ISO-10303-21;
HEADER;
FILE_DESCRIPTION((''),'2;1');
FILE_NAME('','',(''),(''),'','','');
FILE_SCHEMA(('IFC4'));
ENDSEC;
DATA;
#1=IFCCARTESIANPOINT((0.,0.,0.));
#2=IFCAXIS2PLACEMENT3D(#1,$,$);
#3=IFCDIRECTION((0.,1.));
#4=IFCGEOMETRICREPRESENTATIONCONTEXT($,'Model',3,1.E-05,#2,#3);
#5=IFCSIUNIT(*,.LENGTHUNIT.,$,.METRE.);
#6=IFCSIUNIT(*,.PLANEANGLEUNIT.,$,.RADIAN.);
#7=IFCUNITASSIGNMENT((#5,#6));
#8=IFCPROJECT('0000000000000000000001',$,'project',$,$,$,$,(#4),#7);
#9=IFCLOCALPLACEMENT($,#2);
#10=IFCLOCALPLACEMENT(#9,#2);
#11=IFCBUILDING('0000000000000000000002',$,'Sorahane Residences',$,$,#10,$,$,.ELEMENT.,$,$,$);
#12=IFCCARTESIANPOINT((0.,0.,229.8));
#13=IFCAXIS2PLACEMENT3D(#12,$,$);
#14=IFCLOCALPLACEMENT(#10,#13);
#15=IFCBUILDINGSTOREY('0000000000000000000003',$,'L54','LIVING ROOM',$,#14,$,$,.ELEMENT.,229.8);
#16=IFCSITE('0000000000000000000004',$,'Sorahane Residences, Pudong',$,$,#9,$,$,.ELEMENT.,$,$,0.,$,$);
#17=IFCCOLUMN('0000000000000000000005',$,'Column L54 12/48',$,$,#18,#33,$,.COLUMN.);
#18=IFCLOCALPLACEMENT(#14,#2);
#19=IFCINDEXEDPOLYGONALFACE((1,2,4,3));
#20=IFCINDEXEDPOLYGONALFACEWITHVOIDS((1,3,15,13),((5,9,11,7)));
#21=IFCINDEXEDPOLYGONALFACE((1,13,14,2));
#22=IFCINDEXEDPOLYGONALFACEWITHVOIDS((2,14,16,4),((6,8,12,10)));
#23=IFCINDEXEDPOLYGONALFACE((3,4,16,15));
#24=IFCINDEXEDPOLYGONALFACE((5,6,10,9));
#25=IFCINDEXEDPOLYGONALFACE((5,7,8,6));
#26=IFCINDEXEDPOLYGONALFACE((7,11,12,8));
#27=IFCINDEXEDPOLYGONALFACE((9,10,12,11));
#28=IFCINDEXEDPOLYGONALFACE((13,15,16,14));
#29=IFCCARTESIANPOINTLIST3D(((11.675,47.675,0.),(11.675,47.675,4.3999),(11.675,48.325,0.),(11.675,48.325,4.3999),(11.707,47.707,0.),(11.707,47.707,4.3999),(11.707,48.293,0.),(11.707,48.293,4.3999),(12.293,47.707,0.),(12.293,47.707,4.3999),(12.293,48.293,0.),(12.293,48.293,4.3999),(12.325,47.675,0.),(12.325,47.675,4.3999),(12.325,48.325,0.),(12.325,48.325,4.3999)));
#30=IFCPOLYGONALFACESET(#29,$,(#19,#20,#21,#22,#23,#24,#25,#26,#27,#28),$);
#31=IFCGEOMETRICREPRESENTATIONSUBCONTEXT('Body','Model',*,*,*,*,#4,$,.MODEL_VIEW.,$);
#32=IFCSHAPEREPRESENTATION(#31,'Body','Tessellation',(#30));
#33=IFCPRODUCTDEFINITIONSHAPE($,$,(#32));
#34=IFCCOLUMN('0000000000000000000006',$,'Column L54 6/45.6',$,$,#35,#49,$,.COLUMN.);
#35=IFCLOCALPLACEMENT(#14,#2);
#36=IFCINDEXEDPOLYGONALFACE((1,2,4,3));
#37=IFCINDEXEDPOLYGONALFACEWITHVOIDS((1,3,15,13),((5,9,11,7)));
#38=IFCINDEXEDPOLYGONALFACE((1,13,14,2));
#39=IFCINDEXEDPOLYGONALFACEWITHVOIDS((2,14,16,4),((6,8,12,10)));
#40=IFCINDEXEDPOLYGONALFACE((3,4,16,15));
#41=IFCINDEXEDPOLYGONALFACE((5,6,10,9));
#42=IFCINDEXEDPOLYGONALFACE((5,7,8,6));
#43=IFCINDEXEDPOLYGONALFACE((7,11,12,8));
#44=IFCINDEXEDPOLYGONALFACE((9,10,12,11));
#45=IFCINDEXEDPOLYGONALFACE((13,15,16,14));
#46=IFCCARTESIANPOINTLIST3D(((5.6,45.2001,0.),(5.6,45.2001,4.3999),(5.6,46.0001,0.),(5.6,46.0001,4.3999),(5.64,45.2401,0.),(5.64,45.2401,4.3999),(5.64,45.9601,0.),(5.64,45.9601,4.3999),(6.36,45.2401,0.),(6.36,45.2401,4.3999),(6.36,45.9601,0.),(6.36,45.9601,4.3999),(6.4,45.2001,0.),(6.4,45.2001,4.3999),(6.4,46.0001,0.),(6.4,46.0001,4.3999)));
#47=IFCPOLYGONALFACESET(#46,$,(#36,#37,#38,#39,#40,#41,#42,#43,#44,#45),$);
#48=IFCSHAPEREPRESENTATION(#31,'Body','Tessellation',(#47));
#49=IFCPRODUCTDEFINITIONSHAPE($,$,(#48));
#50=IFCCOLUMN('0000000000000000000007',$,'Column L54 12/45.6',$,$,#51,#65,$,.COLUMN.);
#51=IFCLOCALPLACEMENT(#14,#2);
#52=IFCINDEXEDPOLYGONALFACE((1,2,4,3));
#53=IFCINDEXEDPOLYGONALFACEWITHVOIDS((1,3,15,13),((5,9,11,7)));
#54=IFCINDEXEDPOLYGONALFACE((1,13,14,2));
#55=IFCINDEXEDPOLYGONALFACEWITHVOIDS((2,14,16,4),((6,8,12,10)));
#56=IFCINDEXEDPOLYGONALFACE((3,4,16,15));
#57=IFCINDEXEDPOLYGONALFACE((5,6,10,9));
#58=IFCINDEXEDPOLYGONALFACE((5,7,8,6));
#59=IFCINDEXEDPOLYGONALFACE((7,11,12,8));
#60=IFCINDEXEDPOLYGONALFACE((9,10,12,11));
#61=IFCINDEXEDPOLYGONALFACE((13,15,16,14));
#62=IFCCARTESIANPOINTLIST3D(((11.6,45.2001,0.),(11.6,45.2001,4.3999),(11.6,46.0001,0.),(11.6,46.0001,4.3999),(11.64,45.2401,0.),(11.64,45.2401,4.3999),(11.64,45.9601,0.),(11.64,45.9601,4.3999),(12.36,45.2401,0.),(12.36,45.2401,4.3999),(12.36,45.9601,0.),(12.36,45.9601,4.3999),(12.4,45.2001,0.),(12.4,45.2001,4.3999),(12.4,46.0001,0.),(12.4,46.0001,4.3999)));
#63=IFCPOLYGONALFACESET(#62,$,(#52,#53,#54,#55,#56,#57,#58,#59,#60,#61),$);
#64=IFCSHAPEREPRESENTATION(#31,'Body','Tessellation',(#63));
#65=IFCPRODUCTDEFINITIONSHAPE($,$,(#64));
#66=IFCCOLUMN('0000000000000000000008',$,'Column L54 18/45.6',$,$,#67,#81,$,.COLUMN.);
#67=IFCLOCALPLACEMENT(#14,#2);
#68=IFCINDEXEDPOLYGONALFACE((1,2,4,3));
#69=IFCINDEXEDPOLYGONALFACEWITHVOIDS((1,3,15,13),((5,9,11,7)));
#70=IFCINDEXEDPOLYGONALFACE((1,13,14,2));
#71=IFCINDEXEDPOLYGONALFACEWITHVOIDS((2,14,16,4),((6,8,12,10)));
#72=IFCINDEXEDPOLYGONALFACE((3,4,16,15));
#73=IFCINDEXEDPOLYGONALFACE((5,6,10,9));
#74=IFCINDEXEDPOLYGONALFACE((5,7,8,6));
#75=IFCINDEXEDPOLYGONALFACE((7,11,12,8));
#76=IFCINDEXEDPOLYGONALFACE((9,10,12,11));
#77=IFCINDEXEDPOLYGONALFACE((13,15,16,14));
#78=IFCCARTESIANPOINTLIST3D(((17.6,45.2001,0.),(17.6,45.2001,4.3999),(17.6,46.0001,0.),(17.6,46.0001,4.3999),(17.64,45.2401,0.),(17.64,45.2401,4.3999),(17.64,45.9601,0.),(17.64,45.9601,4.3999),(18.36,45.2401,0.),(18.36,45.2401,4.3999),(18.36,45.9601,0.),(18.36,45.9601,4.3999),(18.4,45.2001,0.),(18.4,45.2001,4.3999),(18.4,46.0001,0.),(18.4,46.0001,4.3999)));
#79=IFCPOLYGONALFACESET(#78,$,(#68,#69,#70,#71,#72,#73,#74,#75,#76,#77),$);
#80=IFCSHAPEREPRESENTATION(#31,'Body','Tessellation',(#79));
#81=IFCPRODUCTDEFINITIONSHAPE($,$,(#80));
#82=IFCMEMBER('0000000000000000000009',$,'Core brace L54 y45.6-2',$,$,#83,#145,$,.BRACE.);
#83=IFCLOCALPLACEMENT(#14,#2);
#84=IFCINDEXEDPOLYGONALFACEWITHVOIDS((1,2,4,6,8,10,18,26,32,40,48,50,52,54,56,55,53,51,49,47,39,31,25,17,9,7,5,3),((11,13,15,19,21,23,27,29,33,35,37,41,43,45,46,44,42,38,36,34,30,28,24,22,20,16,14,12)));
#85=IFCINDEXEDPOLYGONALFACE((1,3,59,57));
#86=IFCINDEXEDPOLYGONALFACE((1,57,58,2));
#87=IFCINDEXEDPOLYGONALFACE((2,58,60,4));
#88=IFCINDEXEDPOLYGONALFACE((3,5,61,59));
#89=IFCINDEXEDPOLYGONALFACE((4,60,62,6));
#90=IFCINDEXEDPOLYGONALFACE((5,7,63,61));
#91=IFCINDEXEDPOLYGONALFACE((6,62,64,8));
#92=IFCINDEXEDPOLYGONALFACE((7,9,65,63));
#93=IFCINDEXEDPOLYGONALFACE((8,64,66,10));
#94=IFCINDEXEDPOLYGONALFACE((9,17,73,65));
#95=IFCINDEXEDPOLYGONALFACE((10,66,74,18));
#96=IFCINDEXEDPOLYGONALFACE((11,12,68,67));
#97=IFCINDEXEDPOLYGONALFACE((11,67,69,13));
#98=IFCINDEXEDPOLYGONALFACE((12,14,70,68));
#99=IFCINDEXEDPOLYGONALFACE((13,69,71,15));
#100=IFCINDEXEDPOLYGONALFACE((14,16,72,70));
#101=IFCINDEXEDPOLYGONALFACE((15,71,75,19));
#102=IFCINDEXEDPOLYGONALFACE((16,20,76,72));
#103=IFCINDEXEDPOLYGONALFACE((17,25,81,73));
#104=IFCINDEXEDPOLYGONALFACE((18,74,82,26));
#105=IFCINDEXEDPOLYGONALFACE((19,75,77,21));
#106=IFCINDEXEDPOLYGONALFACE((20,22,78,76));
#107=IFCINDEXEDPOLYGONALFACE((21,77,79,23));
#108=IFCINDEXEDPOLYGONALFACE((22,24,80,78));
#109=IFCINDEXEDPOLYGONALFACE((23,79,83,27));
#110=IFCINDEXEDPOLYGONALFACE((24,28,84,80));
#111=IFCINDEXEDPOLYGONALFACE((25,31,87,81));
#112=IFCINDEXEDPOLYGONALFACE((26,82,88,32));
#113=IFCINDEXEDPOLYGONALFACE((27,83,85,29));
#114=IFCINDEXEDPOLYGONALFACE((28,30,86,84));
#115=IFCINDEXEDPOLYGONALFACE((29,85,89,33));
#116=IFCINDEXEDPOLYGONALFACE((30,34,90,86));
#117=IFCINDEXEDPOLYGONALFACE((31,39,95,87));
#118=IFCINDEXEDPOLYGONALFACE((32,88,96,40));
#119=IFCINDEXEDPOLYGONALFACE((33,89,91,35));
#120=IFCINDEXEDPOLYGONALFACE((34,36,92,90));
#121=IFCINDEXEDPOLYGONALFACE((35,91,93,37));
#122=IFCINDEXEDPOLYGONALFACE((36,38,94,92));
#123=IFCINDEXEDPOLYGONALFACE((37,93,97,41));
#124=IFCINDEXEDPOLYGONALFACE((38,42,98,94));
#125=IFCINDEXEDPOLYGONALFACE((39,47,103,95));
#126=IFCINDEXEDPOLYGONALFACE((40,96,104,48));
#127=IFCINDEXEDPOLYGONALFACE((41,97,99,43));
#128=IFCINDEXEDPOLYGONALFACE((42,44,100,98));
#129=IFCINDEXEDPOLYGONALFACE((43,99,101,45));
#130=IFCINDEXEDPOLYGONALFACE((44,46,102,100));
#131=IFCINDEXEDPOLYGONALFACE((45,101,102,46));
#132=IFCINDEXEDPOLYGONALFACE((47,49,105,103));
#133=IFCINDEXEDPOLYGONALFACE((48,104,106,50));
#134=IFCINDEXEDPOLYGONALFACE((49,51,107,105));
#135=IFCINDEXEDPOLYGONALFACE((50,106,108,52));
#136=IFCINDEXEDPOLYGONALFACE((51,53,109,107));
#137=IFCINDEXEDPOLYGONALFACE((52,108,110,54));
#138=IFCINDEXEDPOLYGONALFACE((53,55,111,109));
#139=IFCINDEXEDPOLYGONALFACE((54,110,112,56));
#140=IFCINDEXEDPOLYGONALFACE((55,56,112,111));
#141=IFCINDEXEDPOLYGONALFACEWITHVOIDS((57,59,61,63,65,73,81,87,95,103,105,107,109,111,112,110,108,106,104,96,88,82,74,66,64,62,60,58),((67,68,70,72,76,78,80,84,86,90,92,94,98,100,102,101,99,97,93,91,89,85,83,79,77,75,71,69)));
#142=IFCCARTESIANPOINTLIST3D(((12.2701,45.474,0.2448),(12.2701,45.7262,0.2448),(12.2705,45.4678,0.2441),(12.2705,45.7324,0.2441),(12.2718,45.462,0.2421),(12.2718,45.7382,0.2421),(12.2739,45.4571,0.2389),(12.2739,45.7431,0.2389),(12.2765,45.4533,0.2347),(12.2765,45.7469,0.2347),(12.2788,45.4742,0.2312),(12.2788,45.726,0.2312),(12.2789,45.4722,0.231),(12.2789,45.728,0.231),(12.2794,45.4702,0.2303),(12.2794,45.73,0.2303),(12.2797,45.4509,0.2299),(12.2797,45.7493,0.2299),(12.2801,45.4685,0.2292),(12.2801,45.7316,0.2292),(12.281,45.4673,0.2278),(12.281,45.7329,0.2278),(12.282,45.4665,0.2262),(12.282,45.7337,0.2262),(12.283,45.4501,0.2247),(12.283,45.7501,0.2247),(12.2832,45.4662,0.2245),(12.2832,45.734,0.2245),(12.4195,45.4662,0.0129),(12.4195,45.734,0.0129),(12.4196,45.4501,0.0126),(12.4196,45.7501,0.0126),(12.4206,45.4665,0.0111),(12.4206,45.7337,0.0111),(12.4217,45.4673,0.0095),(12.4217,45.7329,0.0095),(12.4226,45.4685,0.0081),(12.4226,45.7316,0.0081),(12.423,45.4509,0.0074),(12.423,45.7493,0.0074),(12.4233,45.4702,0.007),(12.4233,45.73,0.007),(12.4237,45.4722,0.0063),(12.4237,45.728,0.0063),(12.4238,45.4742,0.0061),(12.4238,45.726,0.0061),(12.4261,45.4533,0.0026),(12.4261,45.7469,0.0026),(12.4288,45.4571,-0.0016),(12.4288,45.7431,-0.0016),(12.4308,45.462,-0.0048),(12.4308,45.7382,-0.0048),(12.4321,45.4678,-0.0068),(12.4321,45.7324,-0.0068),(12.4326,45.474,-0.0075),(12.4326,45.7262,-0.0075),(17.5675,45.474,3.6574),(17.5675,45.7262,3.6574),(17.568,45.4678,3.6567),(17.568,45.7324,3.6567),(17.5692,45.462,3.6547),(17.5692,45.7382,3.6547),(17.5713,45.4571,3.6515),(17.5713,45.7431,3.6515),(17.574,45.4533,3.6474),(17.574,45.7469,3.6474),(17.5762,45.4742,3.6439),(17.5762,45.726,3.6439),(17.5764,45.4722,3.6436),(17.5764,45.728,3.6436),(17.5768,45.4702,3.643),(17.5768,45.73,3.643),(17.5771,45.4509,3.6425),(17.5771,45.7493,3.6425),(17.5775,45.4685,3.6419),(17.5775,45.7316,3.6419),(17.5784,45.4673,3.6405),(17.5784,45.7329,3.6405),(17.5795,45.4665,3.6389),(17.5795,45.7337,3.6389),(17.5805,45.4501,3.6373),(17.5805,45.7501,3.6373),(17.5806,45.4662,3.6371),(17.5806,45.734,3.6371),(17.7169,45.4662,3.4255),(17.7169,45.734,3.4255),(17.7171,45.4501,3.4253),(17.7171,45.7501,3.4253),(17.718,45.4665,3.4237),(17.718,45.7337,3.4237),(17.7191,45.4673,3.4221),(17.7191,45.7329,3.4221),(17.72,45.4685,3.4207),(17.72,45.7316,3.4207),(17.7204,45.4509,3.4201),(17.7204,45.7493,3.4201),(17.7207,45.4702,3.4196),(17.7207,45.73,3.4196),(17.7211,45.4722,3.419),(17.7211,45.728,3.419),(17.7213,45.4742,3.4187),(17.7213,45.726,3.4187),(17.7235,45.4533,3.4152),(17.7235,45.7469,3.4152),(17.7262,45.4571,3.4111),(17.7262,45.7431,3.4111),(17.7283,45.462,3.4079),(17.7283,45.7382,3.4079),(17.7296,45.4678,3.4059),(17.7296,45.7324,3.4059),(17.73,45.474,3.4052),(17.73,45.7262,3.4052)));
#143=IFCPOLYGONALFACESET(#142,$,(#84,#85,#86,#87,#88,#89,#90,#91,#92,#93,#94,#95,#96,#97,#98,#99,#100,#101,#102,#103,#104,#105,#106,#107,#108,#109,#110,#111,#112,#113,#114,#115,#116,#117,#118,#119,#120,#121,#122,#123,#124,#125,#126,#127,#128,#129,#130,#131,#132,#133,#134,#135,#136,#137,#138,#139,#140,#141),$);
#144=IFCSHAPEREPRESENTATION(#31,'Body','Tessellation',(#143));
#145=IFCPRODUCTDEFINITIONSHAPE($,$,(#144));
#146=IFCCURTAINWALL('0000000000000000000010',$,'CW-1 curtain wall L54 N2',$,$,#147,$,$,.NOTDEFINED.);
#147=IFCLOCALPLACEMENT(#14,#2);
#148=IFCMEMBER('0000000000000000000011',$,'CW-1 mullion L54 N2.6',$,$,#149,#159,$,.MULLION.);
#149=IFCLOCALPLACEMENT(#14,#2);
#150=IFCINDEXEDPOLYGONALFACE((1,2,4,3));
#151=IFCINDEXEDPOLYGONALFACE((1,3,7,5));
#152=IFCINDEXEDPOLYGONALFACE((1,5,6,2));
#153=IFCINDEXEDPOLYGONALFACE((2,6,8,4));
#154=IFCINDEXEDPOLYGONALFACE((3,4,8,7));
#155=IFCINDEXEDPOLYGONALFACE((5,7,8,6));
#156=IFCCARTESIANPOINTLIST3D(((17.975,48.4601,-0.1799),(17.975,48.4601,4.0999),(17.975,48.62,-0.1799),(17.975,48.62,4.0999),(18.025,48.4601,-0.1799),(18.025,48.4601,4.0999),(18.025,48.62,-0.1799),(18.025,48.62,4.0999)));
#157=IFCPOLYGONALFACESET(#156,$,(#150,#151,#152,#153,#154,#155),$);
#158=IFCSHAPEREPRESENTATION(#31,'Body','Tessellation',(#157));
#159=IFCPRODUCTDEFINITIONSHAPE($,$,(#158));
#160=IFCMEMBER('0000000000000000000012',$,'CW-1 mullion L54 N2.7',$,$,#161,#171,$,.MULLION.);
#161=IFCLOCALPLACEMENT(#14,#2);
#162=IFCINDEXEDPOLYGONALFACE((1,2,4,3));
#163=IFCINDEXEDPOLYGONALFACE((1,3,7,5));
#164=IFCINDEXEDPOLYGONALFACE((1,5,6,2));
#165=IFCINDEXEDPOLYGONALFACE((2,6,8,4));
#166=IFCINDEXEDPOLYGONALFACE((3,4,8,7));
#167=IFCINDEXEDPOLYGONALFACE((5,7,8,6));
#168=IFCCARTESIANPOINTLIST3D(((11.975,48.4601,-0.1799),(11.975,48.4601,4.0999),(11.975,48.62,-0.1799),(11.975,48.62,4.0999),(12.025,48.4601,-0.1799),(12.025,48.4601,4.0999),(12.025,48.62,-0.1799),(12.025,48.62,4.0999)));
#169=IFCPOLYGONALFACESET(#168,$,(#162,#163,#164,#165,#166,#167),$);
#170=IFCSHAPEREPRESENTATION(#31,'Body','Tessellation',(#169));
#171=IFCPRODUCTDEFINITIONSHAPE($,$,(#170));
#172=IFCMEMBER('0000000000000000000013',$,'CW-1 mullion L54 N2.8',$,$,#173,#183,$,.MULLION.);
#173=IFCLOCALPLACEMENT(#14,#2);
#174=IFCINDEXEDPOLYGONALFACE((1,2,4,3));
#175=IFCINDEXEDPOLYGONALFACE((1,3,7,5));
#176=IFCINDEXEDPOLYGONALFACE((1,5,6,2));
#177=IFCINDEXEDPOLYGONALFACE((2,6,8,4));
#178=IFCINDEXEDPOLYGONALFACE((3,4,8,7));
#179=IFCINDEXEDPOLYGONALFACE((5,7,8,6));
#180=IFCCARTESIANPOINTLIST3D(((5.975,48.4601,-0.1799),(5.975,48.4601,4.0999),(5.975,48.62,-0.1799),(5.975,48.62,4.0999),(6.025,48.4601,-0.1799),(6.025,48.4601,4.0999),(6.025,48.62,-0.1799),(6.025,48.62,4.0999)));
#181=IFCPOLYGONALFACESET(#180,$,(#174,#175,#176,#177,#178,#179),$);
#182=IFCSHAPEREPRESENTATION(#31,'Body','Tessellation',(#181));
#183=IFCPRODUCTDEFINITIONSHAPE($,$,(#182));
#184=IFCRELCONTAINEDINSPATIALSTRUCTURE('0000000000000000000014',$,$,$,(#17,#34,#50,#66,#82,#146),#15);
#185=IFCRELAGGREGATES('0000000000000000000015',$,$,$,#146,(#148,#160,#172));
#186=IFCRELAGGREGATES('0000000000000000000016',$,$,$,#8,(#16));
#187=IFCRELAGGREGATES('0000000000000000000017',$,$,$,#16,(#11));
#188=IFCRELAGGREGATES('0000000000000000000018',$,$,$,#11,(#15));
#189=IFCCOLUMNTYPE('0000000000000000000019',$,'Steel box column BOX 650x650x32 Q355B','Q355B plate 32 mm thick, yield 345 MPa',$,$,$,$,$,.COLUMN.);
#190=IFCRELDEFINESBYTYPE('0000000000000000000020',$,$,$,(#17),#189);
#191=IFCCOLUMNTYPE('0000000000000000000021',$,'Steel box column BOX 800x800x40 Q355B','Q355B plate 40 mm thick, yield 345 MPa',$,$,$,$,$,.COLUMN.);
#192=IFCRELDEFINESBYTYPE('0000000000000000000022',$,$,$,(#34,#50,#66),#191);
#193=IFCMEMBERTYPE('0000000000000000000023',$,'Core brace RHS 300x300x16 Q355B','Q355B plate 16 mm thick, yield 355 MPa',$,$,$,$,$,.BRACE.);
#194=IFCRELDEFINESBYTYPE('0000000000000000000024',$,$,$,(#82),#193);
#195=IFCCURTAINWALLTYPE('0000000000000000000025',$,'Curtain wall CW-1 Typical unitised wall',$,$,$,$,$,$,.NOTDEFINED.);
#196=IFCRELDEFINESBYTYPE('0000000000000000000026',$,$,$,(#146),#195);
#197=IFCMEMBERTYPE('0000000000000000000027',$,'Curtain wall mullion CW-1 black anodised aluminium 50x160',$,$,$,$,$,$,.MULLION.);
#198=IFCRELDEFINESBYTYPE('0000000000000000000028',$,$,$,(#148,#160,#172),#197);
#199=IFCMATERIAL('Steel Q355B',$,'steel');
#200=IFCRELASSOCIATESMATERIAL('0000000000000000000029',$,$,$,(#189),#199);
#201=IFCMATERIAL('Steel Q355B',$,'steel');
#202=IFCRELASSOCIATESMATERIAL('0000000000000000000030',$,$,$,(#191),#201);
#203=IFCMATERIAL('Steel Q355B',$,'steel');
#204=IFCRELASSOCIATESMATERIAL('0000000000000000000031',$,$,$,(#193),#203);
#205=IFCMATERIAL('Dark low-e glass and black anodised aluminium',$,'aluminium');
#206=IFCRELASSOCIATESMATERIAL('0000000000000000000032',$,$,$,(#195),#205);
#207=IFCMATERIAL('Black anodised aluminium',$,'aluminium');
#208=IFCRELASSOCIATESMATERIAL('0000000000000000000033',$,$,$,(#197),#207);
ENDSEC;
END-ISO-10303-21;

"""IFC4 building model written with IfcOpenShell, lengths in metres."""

from ifc_helpers import new_model, si_unit, direction, frame, origin, origin_2d, place, context, subcontext, project, spatial, rectangle, hollow_rectangle, extrude, material, material_profile, profile_set, type_object, element, aggregate, save


model = new_model("IFC4")

# Units and contexts
model_context = context("Model", 3, precision=1e-05, world=origin(), true_north=direction((0.0, 1.0)))
body_context = subcontext(model_context, "Body", "Model", "MODEL_VIEW")
ifc_project = project(units=[si_unit("LENGTHUNIT", "METRE"), si_unit("PLANEANGLEUNIT", "RADIAN")], contexts=[model_context])

# Site, building, storey
site_placement = place(None, origin())
site = spatial("IfcSite", under=ifc_project, at=site_placement, Name="Sorahane Residences, Pudong", CompositionType="ELEMENT", RefElevation=0.0)
building_placement = place(site_placement, origin())
building = spatial("IfcBuilding", under=site, at=building_placement, Name="Sorahane Residences", CompositionType="ELEMENT")
storey_placement = place(building_placement, frame((0.0, 0.0, 229.8)))
storey = spatial("IfcBuildingStorey", under=building, at=storey_placement, Name="L54", Description="LIVING ROOM", CompositionType="ELEMENT", Elevation=229.8)

# Columns
ifc_material_1 = material(Name="Steel Q355B", Category="steel")
ifc_material_profile_1 = material_profile(ifc_material_1, hollow_rectangle(XDim=0.6499, YDim=0.6499, WallThickness=0.032, at=origin_2d()), Name="BOX 650x650x32")
ifc_profile_set_1 = profile_set([ifc_material_profile_1], Name="Steel Q355B")
column_type_1 = type_object("IfcColumnType", Name="Steel box column BOX 650x650x32 Q355B", Description="Q355B plate 32 mm thick, yield 345 MPa", PredefinedType="COLUMN", material=ifc_profile_set_1)
column_placement = place(storey_placement, frame((12.0, 48.0, 0.0), z_axis=(0.0, 0.0, 1.0), x_axis=(1.0, 0.0, 0.0)))
element("IfcColumn", 1, at=column_placement, inside=storey, type_object=column_type_1, Name="Column L54 12/48", PredefinedType="COLUMN", context=body_context, shape_type="SweptSolid", body=[
    extrude(hollow_rectangle(XDim=0.6499, YDim=0.6499, WallThickness=0.032, at=origin_2d()), origin(), (0.0, 0.0, 1.0), 4.3999),
])
ifc_material_2 = material(Name="Steel Q355B", Category="steel")
ifc_material_profile_2 = material_profile(ifc_material_2, hollow_rectangle(XDim=0.8, YDim=0.8, WallThickness=0.04, at=origin_2d()), Name="BOX 800x800x40")
ifc_profile_set_2 = profile_set([ifc_material_profile_2], Name="Steel Q355B")
column_type_2 = type_object("IfcColumnType", Name="Steel box column BOX 800x800x40 Q355B", Description="Q355B plate 40 mm thick, yield 345 MPa", PredefinedType="COLUMN", material=ifc_profile_set_2)
for number, where, z_axis, x_axis, name in (
    (2, (6.0, 45.6001, 0.0), (0.0, 0.0, 1.0), (1.0, 0.0, 0.0), "Column L54 6/45.6"),
    (3, (12.0, 45.6001, 0.0), (0.0, 0.0, 1.0), (1.0, 0.0, 0.0), "Column L54 12/45.6"),
    (4, (18.0, 45.6001, 0.0), (0.0, 0.0, 1.0), (1.0, 0.0, 0.0), "Column L54 18/45.6"),
):
    element("IfcColumn", number, at=place(storey_placement, frame(where, z_axis=z_axis, x_axis=x_axis)), inside=storey, type_object=column_type_2, Name=name, PredefinedType="COLUMN", context=body_context, shape_type="SweptSolid", body=[
        extrude(hollow_rectangle(XDim=0.8, YDim=0.8, WallThickness=0.04, at=origin_2d()), origin(), (0.0, 0.0, 1.0), 4.3999),
    ])

# Member
ifc_material_3 = material(Name="Steel Q355B", Category="steel")
ifc_material_profile_3 = material_profile(ifc_material_3, hollow_rectangle(XDim=0.3, YDim=0.3, WallThickness=0.0161, InnerFilletRadius=0.0081, OuterFilletRadius=0.0239, at=origin_2d()), Name="RHS 300x300x16")
ifc_profile_set_3 = profile_set([ifc_material_profile_3], Name="Steel Q355B")
member_type_1 = type_object("IfcMemberType", Name="Core brace RHS 300x300x16 Q355B", Description="Q355B plate 16 mm thick, yield 355 MPa", PredefinedType="BRACE", material=ifc_profile_set_3)
member_1_placement = place(storey_placement, frame((12.3513, 45.6001, 0.1187), z_axis=(0.840662, 0.0, 0.54156), x_axis=(0.0, 1.0, 0.0)))
element("IfcMember", 5, at=member_1_placement, inside=storey, type_object=member_type_1, Name="Core brace L54 y45.6-2", PredefinedType="BRACE", context=body_context, shape_type="SweptSolid", body=[
    extrude(hollow_rectangle(XDim=0.3, YDim=0.3, WallThickness=0.0161, InnerFilletRadius=0.0081, OuterFilletRadius=0.0239, at=origin_2d()), origin(), (0.0, 0.0, 1.0), 6.3015),
])

# Curtain wall, members
ifc_material_4 = material(Name="Dark low-e glass and black anodised aluminium", Category="aluminium")
curtain_wall_type = type_object("IfcCurtainWallType", Name="Curtain wall CW-1 Typical unitised wall", PredefinedType="NOTDEFINED", material=ifc_material_4)
curtain_wall_placement = place(storey_placement, origin())
curtain_wall = element("IfcCurtainWall", 6, at=curtain_wall_placement, inside=storey, type_object=curtain_wall_type, Name="CW-1 curtain wall L54 N2", PredefinedType="NOTDEFINED")
ifc_material_5 = material(Name="Black anodised aluminium", Category="aluminium")
ifc_material_profile_4 = material_profile(ifc_material_5, rectangle(XDim=0.1599, YDim=0.05, at=origin_2d()), Name="Curtain wall mullion CW-1 black anodised aluminium 50x160")
ifc_profile_set_4 = profile_set([ifc_material_profile_4], Name="Black anodised aluminium")
member_type_2 = type_object("IfcMemberType", Name="Curtain wall mullion CW-1 black anodised aluminium 50x160", PredefinedType="MULLION", material=ifc_profile_set_4)
member_2_placement = place(storey_placement, frame((18.0, 48.54, -0.1799), z_axis=(0.0, 0.0, 1.0), x_axis=(0.0, 1.0, 0.0)))
member_2 = element("IfcMember", 7, at=member_2_placement, type_object=member_type_2, Name="CW-1 mullion L54 N2.6", PredefinedType="MULLION", context=body_context, shape_type="SweptSolid", body=[
    extrude(rectangle(XDim=0.1599, YDim=0.05, at=origin_2d()), origin(), (0.0, 0.0, 1.0), 4.2798),
])
member_3_placement = place(storey_placement, frame((12.0, 48.54, -0.1799), z_axis=(0.0, 0.0, 1.0), x_axis=(0.0, 1.0, 0.0)))
member_3 = element("IfcMember", 8, at=member_3_placement, type_object=member_type_2, Name="CW-1 mullion L54 N2.7", PredefinedType="MULLION", context=body_context, shape_type="SweptSolid", body=[
    extrude(rectangle(XDim=0.1599, YDim=0.05, at=origin_2d()), origin(), (0.0, 0.0, 1.0), 4.2798),
])
member_4_placement = place(storey_placement, frame((6.0, 48.54, -0.1799), z_axis=(0.0, 0.0, 1.0), x_axis=(0.0, 1.0, 0.0)))
member_4 = element("IfcMember", 9, at=member_4_placement, type_object=member_type_2, Name="CW-1 mullion L54 N2.8", PredefinedType="MULLION", context=body_context, shape_type="SweptSolid", body=[
    extrude(rectangle(XDim=0.1599, YDim=0.05, at=origin_2d()), origin(), (0.0, 0.0, 1.0), 4.2798),
])

aggregate(curtain_wall, [member_2, member_3, member_4])

save(model, "model.ifc")
